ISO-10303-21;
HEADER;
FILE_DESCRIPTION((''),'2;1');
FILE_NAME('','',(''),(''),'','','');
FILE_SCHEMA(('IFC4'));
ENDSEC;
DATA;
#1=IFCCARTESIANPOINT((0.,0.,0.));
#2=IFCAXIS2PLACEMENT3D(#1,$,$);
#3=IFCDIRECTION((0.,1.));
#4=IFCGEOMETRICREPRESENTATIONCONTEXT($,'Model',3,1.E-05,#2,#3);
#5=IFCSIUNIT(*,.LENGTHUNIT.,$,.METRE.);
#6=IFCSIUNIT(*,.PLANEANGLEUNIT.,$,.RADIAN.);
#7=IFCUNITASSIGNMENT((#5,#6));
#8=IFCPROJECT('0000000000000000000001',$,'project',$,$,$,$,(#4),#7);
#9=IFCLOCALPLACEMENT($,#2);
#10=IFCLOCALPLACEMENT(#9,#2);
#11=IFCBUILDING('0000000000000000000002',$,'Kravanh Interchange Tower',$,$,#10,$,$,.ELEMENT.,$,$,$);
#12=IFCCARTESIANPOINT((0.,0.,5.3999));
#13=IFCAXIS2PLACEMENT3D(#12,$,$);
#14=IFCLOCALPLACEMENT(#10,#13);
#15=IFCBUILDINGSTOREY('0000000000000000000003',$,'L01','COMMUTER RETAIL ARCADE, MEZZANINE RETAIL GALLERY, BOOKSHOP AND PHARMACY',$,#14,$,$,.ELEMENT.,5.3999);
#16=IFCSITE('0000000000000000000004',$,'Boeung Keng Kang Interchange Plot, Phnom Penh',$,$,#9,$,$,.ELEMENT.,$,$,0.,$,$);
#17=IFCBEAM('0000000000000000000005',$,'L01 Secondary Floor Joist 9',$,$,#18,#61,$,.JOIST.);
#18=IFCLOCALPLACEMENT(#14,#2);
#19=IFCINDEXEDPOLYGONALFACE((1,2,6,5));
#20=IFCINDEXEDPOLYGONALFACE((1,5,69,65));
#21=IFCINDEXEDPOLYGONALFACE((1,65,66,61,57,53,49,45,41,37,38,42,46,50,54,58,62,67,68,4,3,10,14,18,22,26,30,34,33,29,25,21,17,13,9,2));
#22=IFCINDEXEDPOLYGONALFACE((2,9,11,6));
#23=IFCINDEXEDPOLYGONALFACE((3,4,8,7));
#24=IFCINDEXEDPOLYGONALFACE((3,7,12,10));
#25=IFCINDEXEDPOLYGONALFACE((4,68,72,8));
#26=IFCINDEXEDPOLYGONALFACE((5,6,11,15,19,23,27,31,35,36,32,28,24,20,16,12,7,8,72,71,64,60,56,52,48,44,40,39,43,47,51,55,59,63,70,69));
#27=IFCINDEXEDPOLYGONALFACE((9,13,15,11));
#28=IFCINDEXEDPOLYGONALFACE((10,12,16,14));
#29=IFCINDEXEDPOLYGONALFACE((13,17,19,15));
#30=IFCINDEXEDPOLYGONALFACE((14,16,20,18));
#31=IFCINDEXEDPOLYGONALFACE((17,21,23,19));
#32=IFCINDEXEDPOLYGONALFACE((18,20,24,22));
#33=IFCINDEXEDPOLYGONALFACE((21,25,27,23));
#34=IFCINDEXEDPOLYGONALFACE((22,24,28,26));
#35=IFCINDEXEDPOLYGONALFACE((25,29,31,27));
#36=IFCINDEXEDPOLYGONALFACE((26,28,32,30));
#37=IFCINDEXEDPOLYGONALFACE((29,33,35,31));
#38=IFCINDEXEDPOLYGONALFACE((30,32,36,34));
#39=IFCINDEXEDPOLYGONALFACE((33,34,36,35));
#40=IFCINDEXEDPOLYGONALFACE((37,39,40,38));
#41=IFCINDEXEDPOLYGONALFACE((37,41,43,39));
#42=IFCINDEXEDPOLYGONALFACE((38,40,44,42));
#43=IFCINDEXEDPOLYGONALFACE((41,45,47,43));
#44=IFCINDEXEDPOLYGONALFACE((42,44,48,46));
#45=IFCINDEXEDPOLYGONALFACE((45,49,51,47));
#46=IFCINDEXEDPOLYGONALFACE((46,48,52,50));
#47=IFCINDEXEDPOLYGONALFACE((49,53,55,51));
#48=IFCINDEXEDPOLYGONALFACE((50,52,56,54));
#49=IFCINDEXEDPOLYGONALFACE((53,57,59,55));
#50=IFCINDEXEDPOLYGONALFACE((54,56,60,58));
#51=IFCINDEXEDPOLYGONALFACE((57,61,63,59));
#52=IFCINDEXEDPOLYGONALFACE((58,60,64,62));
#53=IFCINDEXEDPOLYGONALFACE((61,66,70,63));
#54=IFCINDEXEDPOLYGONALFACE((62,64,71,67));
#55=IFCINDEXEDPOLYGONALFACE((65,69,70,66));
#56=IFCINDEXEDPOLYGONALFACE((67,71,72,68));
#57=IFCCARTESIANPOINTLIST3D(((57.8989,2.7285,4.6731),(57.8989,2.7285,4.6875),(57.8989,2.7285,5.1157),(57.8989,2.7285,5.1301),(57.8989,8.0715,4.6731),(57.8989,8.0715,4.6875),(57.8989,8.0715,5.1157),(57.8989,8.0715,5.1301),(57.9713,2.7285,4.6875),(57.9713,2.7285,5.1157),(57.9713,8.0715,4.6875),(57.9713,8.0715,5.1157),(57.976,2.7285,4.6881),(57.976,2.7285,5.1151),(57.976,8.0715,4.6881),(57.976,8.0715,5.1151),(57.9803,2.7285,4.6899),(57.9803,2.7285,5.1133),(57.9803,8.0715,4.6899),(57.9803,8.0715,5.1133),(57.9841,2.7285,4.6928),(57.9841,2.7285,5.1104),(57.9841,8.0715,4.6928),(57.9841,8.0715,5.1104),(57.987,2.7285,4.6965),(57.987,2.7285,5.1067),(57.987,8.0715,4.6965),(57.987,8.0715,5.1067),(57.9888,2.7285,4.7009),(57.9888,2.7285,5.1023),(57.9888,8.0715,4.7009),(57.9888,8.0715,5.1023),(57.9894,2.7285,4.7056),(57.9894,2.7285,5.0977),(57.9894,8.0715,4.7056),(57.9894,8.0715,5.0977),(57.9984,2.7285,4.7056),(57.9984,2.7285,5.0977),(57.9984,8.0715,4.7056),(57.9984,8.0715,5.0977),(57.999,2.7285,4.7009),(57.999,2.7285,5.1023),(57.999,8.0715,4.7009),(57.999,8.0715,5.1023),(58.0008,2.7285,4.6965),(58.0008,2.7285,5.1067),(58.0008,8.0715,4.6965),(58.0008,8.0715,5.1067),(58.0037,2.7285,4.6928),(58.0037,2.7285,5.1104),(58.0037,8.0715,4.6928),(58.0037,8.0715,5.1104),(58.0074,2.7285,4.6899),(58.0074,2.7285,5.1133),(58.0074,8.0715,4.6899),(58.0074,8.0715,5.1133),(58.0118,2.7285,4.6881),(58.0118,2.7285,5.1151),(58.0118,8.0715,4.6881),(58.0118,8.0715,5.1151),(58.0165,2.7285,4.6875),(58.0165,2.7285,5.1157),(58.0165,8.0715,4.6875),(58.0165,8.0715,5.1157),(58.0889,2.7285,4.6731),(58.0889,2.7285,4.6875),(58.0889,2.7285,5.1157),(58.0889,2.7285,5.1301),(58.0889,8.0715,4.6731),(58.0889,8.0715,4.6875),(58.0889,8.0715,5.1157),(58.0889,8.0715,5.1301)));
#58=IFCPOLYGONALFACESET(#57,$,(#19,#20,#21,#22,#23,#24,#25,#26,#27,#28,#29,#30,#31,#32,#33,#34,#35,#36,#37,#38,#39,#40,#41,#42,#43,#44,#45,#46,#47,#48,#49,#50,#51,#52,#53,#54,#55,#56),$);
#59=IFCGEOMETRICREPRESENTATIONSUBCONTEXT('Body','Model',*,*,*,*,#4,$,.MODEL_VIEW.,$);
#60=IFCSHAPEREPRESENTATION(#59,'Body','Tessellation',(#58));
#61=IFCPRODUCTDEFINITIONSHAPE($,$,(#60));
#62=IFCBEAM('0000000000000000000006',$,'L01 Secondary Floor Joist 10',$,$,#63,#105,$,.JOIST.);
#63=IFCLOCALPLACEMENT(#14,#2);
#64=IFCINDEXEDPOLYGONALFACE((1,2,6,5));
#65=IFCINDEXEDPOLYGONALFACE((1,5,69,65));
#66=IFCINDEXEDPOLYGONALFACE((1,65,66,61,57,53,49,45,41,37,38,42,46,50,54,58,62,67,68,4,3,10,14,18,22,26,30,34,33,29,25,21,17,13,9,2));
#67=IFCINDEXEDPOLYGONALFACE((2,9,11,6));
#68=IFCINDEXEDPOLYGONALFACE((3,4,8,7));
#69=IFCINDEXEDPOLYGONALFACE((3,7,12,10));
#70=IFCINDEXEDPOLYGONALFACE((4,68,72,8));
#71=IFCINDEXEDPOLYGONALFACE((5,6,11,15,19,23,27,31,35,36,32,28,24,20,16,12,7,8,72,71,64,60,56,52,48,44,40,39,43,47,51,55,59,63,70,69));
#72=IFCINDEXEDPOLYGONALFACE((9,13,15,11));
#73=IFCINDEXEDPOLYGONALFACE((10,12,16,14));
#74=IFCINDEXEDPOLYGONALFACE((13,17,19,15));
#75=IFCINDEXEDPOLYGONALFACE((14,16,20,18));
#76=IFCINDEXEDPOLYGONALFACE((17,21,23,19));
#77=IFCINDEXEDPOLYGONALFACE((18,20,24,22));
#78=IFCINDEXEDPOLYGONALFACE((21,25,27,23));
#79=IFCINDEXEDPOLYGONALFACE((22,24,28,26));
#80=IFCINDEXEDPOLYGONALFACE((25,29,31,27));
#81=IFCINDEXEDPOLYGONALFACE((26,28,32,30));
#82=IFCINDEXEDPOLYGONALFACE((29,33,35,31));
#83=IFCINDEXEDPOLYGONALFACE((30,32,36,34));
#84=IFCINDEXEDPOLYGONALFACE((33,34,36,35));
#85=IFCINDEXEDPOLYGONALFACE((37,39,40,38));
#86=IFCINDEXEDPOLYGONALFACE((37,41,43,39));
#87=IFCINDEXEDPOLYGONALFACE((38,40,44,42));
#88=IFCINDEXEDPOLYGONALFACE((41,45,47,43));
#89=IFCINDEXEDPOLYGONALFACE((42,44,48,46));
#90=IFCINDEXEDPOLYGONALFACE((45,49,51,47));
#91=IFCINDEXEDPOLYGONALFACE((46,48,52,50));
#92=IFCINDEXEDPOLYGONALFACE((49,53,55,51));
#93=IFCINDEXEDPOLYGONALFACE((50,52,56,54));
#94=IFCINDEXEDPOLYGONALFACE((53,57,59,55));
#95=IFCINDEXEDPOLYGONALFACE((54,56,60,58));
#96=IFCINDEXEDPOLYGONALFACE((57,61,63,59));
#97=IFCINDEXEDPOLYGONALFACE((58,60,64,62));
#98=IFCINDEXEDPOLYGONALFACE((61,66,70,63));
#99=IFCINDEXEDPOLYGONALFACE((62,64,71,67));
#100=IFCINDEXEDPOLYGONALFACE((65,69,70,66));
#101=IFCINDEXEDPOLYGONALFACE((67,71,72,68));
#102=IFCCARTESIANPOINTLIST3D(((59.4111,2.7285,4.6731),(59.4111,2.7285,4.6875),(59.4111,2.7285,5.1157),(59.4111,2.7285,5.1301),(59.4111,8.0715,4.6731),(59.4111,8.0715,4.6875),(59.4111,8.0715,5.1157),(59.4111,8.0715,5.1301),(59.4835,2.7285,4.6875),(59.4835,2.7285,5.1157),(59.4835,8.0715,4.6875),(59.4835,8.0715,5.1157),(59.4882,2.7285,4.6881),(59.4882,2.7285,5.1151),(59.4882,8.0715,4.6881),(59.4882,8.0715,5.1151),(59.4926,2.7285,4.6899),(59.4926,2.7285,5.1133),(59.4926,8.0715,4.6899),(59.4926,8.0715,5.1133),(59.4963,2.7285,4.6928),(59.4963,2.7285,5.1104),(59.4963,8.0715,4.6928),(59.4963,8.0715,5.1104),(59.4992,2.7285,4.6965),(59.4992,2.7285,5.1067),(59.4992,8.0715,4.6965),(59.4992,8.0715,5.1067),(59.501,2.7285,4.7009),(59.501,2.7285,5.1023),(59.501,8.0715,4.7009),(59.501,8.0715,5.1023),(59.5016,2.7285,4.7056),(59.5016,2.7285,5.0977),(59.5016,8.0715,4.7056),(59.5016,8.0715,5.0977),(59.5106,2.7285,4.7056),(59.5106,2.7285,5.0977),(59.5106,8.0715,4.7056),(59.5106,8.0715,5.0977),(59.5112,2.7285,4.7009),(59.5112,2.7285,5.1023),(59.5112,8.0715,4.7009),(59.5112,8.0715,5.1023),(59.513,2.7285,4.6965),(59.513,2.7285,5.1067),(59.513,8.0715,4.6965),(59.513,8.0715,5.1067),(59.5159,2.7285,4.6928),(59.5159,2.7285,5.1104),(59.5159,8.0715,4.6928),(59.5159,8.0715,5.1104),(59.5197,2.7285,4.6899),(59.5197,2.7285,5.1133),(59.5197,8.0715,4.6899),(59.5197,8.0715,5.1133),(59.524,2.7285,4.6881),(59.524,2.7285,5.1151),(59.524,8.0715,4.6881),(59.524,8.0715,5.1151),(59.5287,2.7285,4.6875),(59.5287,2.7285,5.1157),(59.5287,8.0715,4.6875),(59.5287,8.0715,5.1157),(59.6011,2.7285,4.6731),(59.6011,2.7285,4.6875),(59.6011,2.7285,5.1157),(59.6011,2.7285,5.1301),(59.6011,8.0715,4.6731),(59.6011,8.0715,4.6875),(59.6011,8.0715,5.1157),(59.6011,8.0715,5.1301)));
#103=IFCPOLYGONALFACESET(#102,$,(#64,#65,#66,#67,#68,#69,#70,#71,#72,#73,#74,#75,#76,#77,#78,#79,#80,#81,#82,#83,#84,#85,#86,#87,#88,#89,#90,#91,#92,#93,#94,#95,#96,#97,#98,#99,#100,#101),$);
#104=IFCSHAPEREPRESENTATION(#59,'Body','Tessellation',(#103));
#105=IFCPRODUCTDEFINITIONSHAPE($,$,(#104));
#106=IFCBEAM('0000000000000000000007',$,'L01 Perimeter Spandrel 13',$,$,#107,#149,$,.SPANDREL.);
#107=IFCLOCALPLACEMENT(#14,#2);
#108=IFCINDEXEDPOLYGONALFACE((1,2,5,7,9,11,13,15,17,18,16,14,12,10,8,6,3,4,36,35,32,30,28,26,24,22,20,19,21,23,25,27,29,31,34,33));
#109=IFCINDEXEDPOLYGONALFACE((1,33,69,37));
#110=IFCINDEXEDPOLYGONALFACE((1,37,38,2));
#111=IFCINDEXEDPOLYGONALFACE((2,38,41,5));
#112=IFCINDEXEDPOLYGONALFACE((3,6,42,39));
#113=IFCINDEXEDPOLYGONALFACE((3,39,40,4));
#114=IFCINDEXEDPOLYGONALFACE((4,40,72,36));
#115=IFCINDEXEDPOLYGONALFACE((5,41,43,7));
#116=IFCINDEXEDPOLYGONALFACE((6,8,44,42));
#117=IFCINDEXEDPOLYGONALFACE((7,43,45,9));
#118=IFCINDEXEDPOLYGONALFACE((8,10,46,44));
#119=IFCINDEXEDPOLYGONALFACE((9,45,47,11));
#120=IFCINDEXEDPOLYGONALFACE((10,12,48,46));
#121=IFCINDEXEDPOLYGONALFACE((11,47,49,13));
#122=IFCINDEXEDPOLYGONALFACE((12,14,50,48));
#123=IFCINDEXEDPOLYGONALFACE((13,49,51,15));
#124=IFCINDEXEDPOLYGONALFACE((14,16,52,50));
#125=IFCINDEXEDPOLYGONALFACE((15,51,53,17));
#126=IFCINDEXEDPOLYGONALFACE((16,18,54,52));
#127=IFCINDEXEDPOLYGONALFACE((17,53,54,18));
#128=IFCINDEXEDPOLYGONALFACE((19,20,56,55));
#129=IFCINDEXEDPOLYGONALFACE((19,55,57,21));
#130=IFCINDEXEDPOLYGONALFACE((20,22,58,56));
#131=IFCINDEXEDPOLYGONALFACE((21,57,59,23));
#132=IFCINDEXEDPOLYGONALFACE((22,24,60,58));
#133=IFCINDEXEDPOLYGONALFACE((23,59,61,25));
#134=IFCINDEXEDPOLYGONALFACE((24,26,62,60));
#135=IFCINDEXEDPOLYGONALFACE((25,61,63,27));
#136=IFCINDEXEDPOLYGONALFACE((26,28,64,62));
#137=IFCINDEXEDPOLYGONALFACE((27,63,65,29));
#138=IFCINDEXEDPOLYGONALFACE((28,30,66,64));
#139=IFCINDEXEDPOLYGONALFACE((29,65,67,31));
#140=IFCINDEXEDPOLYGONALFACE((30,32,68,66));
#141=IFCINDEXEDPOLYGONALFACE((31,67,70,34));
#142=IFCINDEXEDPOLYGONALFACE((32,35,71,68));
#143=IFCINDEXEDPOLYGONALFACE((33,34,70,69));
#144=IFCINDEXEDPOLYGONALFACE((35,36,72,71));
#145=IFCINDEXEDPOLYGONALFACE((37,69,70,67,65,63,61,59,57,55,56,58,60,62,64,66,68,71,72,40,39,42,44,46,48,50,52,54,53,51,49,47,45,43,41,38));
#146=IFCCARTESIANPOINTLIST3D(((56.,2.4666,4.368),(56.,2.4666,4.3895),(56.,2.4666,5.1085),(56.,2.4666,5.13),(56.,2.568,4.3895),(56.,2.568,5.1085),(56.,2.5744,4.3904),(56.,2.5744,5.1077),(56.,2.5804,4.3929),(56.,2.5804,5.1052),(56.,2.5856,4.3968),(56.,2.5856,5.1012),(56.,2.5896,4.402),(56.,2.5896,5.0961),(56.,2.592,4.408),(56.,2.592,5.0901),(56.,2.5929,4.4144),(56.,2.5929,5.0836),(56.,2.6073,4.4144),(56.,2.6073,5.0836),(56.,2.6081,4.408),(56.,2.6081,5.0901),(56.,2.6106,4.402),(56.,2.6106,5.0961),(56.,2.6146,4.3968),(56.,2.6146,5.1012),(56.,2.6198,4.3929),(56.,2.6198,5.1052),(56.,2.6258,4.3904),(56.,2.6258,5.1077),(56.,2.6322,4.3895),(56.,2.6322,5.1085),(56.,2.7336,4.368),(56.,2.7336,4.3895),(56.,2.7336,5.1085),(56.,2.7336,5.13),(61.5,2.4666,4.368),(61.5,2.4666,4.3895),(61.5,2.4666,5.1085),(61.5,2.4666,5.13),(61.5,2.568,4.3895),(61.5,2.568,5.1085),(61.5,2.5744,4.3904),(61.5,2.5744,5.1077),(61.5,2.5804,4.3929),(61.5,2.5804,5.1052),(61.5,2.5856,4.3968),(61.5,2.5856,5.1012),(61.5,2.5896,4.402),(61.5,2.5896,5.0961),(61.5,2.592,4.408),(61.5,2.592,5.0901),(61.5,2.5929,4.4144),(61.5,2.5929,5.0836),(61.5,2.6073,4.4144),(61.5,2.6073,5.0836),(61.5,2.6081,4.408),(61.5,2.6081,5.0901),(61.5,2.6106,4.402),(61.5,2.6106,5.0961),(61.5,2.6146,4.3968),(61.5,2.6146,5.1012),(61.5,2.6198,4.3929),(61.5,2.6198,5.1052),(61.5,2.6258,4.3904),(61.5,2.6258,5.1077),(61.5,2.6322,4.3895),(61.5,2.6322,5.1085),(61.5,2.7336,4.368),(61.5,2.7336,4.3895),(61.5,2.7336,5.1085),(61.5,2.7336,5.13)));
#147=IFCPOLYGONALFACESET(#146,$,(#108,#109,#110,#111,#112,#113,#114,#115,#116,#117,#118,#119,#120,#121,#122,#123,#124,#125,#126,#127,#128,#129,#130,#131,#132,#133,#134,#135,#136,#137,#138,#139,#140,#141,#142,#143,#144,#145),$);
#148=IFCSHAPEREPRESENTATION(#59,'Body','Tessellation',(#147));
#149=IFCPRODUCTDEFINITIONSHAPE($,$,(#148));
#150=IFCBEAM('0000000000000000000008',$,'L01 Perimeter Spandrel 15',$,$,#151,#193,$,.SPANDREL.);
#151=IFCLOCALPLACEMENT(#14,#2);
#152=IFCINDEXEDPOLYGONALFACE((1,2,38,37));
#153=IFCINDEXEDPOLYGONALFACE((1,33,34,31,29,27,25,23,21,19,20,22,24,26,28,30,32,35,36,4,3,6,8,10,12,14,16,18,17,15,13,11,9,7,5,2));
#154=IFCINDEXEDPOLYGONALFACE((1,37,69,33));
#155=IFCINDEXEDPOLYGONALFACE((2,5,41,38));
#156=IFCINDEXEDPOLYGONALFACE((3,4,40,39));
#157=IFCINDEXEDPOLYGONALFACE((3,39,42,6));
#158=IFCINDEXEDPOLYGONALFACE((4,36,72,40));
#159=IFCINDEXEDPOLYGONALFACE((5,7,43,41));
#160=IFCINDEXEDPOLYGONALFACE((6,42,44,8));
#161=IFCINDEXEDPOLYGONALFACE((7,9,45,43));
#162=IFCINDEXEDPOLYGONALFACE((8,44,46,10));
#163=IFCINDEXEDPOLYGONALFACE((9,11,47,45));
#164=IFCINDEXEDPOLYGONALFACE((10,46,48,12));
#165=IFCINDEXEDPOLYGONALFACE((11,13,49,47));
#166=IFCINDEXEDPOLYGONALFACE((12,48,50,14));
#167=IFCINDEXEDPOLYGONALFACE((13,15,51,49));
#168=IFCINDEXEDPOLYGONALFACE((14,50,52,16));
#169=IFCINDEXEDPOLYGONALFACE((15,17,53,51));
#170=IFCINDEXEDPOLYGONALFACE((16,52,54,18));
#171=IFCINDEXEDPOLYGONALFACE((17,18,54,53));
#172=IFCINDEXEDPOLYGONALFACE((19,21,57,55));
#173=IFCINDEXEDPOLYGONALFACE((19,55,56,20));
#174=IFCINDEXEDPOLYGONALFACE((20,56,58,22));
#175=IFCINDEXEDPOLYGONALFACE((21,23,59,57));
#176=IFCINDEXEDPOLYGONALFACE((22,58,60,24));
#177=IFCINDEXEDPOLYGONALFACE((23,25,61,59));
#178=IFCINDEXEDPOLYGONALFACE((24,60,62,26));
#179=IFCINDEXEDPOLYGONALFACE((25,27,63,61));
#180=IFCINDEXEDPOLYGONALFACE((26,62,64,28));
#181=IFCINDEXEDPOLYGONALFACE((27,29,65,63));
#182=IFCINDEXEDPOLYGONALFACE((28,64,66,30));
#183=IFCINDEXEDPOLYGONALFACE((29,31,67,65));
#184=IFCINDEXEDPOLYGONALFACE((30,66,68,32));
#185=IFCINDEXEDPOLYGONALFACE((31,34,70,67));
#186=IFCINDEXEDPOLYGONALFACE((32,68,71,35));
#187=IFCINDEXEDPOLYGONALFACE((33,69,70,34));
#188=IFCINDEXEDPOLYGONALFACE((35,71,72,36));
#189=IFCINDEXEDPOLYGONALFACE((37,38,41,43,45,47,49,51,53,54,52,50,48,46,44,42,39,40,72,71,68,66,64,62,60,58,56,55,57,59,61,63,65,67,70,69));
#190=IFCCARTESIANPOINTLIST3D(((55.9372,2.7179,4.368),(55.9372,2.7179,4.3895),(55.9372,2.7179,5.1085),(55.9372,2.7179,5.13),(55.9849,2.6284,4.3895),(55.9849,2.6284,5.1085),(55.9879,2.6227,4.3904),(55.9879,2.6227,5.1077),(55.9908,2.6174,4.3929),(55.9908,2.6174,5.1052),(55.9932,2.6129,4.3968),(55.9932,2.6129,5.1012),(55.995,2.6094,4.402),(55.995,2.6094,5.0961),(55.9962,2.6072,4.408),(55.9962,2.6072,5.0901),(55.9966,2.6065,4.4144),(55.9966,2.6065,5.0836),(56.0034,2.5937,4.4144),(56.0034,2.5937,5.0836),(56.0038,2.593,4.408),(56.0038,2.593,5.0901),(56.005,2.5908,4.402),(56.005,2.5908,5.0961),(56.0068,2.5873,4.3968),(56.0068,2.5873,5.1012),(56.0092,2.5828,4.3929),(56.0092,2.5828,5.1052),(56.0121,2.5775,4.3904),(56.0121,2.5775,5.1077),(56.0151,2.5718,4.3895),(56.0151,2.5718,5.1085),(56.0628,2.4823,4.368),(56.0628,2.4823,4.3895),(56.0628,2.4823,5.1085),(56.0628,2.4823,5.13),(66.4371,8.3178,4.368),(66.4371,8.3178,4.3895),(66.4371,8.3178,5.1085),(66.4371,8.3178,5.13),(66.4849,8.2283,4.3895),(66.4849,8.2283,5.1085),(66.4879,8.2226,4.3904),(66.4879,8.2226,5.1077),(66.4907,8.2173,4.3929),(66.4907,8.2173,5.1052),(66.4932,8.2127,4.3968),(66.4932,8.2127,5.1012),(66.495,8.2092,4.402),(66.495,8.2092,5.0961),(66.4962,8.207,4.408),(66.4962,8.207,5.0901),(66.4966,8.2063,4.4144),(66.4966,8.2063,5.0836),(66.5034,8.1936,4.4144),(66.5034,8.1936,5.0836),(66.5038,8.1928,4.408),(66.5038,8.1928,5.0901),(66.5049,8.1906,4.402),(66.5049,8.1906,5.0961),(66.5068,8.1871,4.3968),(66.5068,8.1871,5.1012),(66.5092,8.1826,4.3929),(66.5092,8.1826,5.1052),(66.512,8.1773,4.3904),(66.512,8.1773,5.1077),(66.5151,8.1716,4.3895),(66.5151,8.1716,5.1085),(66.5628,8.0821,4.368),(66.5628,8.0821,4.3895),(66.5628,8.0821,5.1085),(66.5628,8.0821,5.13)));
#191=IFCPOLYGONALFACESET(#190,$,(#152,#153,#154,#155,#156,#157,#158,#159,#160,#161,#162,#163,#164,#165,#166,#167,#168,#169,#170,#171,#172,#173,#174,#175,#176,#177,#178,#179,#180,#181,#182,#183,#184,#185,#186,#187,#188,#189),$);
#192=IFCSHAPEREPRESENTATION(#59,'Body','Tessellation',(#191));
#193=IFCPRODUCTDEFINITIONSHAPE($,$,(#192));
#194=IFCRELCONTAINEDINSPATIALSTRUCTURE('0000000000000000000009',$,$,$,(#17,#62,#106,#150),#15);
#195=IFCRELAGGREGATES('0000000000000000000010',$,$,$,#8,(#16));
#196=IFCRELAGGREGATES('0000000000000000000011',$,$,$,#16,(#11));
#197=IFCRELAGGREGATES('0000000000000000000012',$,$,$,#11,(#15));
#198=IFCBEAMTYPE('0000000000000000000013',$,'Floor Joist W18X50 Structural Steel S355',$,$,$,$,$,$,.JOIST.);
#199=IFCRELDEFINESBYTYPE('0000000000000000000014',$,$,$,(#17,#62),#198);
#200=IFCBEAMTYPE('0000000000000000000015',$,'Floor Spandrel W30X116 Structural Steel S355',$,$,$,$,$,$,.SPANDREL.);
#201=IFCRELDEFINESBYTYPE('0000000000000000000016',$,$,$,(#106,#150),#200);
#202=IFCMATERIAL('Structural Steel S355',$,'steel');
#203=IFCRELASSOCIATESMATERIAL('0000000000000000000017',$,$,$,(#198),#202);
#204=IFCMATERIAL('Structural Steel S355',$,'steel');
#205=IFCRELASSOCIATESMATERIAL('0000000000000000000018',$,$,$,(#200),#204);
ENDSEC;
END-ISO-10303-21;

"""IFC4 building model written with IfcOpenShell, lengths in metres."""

from ifc_helpers import new_model, si_unit, direction, frame, origin, origin_2d, place, context, subcontext, project, spatial, i_section, extrude, material, material_profile, profile_set, type_object, element, save


model = new_model("IFC4")

# Units and contexts
model_context = context("Model", 3, precision=1e-05, world=origin(), true_north=direction((0.0, 1.0)))
body_context = subcontext(model_context, "Body", "Model", "MODEL_VIEW")
ifc_project = project(units=[si_unit("LENGTHUNIT", "METRE"), si_unit("PLANEANGLEUNIT", "RADIAN")], contexts=[model_context])

# Site, building, storey
site_placement = place(None, origin())
site = spatial("IfcSite", under=ifc_project, at=site_placement, Name="Boeung Keng Kang Interchange Plot, Phnom Penh", CompositionType="ELEMENT", RefElevation=0.0)
building_placement = place(site_placement, origin())
building = spatial("IfcBuilding", under=site, at=building_placement, Name="Kravanh Interchange Tower", CompositionType="ELEMENT")
storey_placement = place(building_placement, frame((0.0, 0.0, 5.3999)))
storey = spatial("IfcBuildingStorey", under=building, at=storey_placement, Name="L01", Description="COMMUTER RETAIL ARCADE, MEZZANINE RETAIL GALLERY, BOOKSHOP AND PHARMACY", CompositionType="ELEMENT", Elevation=5.3999)

# Beams
ifc_material_1 = material(Name="Structural Steel S355", Category="steel")
ifc_material_profile_1 = material_profile(ifc_material_1, i_section(OverallWidth=0.1899, OverallDepth=0.457, WebThickness=0.009, FlangeThickness=0.0144, FilletRadius=0.0181, at=origin_2d()), Name="W18X50")
ifc_profile_set_1 = profile_set([ifc_material_profile_1], Name="Structural Steel S355")
beam_type_1 = type_object("IfcBeamType", Name="Floor Joist W18X50 Structural Steel S355", PredefinedType="JOIST", material=ifc_profile_set_1)
for number, where, z_axis, x_axis, name in (
    (1, (57.9939, 2.7285, 4.9016), (0.0, 1.0, 0.0), (-1.0, 0.0, 0.0), "L01 Secondary Floor Joist 9"),
    (2, (59.5061, 2.7285, 4.9016), (0.0, 1.0, 0.0), (-1.0, 0.0, 0.0), "L01 Secondary Floor Joist 10"),
):
    element("IfcBeam", number, at=place(storey_placement, frame(where, z_axis=z_axis, x_axis=x_axis)), inside=storey, type_object=beam_type_1, Name=name, PredefinedType="JOIST", context=body_context, shape_type="SweptSolid", body=[
        extrude(i_section(OverallWidth=0.1899, OverallDepth=0.457, WebThickness=0.009, FlangeThickness=0.0144, FilletRadius=0.0181, at=origin_2d()), origin(), (0.0, 0.0, 1.0), 5.343),
    ])
ifc_material_2 = material(Name="Structural Steel S355", Category="steel")
ifc_material_profile_2 = material_profile(ifc_material_2, i_section(OverallWidth=0.2671, OverallDepth=0.762, WebThickness=0.0144, FlangeThickness=0.0215, FilletRadius=0.0249, at=origin_2d()), Name="W30X116")
ifc_profile_set_2 = profile_set([ifc_material_profile_2], Name="Structural Steel S355")
beam_type_2 = type_object("IfcBeamType", Name="Floor Spandrel W30X116 Structural Steel S355", PredefinedType="SPANDREL", material=ifc_profile_set_2)
beam_1_placement = place(storey_placement, frame((56.0, 2.6001, 4.749), z_axis=(1.0, 0.0, 0.0), x_axis=(0.0, 1.0, 0.0)))
element("IfcBeam", 3, at=beam_1_placement, inside=storey, type_object=beam_type_2, Name="L01 Perimeter Spandrel 13", PredefinedType="SPANDREL", context=body_context, shape_type="SweptSolid", body=[
    extrude(i_section(OverallWidth=0.2671, OverallDepth=0.762, WebThickness=0.0144, FlangeThickness=0.0215, FilletRadius=0.0249, at=origin_2d()), origin(), (0.0, 0.0, 1.0), 5.5),
])
beam_2_placement = place(storey_placement, frame((56.0, 2.6001, 4.749), z_axis=(0.882358, 0.470579, 0.0), x_axis=(-0.470579, 0.882358, 0.0)))
element("IfcBeam", 4, at=beam_2_placement, inside=storey, type_object=beam_type_2, Name="L01 Perimeter Spandrel 15", PredefinedType="SPANDREL", context=body_context, shape_type="SweptSolid", body=[
    extrude(i_section(OverallWidth=0.2671, OverallDepth=0.762, WebThickness=0.0144, FlangeThickness=0.0215, FilletRadius=0.0249, at=origin_2d()), origin(), (0.0, 0.0, 1.0), 11.8999),
])

save(model, "model.ifc")
